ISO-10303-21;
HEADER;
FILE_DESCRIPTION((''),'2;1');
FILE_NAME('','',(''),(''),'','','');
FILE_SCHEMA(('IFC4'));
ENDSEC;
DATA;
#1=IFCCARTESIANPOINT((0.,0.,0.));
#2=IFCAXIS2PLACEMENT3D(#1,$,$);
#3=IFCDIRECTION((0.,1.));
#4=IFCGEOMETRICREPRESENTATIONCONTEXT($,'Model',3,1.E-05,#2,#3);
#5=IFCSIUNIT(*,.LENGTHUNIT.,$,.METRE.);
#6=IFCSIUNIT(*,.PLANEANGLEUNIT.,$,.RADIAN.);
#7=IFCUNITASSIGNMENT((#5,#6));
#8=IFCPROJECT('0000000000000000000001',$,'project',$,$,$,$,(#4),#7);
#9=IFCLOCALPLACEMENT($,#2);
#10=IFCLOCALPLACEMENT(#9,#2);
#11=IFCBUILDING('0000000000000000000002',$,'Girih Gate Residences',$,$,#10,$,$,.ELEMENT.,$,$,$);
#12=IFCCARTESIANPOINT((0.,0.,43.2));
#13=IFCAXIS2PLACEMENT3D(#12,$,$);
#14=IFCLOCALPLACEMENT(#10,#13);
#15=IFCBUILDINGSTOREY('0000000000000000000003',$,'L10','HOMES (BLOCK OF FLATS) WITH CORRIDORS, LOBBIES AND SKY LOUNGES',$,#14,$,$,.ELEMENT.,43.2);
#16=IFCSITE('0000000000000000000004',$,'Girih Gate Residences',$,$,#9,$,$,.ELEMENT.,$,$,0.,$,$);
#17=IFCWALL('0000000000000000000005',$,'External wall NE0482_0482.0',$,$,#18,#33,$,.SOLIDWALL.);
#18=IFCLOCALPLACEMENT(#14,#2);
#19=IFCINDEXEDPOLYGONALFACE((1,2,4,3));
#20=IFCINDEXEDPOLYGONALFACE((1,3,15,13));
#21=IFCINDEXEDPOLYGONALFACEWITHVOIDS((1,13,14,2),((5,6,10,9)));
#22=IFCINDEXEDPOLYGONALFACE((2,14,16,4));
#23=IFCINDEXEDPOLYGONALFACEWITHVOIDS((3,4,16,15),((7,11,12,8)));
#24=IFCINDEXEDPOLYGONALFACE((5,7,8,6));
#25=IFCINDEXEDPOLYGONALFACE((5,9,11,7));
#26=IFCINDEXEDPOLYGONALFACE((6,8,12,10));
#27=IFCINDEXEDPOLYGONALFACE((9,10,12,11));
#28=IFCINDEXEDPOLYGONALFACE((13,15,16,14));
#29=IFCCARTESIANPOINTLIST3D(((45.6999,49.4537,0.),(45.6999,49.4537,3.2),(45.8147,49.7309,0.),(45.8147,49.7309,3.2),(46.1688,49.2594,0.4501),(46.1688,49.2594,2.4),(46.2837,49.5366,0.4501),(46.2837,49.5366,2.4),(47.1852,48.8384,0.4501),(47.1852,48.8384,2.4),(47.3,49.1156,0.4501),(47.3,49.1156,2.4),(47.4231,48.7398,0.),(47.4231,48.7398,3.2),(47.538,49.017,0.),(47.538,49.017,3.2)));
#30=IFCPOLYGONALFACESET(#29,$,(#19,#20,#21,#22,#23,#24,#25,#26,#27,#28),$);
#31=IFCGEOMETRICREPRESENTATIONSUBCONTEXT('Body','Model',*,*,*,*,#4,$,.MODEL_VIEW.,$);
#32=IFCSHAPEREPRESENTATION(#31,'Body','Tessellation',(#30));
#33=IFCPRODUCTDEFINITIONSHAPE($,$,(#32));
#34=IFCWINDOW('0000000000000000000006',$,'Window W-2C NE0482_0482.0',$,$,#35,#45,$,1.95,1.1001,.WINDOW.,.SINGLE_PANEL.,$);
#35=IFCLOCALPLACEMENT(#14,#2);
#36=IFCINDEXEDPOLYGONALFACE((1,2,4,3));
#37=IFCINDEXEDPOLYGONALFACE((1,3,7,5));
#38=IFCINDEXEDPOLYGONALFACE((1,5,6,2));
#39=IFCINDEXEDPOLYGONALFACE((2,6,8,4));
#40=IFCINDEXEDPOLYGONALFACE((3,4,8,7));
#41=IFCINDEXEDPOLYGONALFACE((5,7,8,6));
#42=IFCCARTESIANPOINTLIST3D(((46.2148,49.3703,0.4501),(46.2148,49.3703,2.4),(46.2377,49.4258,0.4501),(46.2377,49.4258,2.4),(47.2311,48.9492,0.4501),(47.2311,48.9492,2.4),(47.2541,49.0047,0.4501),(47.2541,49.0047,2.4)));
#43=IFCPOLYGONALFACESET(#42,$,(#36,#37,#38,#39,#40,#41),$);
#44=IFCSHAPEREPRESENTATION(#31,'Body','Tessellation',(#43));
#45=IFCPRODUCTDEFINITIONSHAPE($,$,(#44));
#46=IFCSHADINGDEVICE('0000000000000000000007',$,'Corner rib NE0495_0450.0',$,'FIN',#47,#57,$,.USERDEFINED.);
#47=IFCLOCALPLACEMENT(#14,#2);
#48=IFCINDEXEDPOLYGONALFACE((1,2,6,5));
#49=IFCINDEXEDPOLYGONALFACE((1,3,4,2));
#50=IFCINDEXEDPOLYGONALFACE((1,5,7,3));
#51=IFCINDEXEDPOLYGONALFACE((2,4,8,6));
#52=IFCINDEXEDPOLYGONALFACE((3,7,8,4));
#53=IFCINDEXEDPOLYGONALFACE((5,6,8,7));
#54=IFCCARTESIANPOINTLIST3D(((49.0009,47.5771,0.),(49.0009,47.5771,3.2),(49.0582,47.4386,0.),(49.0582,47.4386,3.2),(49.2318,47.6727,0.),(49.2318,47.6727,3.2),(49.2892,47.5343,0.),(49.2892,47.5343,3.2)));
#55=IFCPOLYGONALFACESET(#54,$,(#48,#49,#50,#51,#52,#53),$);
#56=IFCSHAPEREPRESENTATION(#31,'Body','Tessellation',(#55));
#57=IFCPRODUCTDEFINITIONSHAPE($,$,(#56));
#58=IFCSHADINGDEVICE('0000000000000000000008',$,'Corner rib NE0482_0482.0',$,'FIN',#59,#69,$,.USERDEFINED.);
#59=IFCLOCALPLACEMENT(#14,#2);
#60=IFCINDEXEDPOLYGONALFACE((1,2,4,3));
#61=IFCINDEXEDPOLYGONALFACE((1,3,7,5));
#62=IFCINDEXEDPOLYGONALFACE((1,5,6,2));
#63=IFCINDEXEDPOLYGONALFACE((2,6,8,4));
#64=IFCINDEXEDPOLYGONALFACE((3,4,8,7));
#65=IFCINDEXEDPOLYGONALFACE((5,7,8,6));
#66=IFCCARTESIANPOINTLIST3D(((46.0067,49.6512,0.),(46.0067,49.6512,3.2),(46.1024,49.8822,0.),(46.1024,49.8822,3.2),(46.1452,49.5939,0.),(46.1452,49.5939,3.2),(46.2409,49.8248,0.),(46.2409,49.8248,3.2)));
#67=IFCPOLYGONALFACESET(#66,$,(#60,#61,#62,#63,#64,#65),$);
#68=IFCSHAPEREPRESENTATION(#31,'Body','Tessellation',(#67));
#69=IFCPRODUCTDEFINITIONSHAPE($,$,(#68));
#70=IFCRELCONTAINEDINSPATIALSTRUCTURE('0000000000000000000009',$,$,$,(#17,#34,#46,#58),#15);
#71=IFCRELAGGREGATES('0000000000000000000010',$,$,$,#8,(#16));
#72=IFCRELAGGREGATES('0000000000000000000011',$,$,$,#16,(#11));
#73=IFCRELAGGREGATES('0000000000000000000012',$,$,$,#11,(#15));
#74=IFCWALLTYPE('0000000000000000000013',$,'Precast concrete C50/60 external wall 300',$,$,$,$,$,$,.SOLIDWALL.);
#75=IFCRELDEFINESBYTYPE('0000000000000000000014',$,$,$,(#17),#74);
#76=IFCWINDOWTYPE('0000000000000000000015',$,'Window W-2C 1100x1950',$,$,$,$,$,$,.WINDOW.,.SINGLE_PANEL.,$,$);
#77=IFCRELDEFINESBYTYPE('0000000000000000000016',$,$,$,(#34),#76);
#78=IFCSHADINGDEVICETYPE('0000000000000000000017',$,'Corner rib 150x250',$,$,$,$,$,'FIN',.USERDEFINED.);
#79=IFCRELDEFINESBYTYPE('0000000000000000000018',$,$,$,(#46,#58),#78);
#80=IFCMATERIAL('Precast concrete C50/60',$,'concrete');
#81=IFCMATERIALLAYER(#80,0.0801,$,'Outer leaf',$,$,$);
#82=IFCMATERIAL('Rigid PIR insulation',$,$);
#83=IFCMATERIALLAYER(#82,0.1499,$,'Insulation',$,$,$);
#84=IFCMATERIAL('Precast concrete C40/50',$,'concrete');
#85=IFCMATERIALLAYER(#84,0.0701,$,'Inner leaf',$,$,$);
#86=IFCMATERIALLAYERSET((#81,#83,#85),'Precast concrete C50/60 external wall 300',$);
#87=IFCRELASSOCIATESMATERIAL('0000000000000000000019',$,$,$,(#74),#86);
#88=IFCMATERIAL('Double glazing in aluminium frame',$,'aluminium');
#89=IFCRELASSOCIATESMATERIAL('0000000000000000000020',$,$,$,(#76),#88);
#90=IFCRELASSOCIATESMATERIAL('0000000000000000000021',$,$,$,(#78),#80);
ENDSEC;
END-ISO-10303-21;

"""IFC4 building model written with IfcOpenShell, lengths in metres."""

from ifc_helpers import new_model, si_unit, direction, frame, frame_2d, origin, origin_2d, place, context, subcontext, project, spatial, rectangle, extrude, material, layer, layer_set, type_object, element, fill, save


model = new_model("IFC4")

# Units and contexts
model_context = context("Model", 3, precision=1e-05, world=origin(), true_north=direction((0.0, 1.0)))
body_context = subcontext(model_context, "Body", "Model", "MODEL_VIEW")
ifc_project = project(units=[si_unit("LENGTHUNIT", "METRE"), si_unit("PLANEANGLEUNIT", "RADIAN")], contexts=[model_context])

# Site, building, storey
site_placement = place(None, origin())
site = spatial("IfcSite", under=ifc_project, at=site_placement, Name="Girih Gate Residences", CompositionType="ELEMENT", RefElevation=0.0)
building_placement = place(site_placement, origin())
building = spatial("IfcBuilding", under=site, at=building_placement, Name="Girih Gate Residences", CompositionType="ELEMENT")
storey_placement = place(building_placement, frame((0.0, 0.0, 43.2)))
storey = spatial("IfcBuildingStorey", under=building, at=storey_placement, Name="L10", Description="HOMES (BLOCK OF FLATS) WITH CORRIDORS, LOBBIES AND SKY LOUNGES", CompositionType="ELEMENT", Elevation=43.2)

# Wall, opening, window
ifc_material_1 = material(Name="Precast concrete C50/60", Category="concrete")
ifc_layer_1 = layer(ifc_material_1, 0.0801, Name="Outer leaf")
ifc_material_2 = material(Name="Rigid PIR insulation")
ifc_layer_2 = layer(ifc_material_2, 0.1499, Name="Insulation")
ifc_material_3 = material(Name="Precast concrete C40/50", Category="concrete")
ifc_layer_3 = layer(ifc_material_3, 0.0701, Name="Inner leaf")
ifc_layer_set_1 = layer_set([ifc_layer_1, ifc_layer_2, ifc_layer_3], Name="Precast concrete C50/60 external wall 300")
wall_type_1 = type_object("IfcWallType", Name="Precast concrete C50/60 external wall 300", PredefinedType="SOLIDWALL", material=ifc_layer_set_1)
ifc_material_4 = material(Name="Double glazing in aluminium frame", Category="aluminium")
window_type_1 = type_object("IfcWindowType", Name="Window W-2C 1100x1950", PartitioningType="SINGLE_PANEL", PredefinedType="WINDOW", material=ifc_material_4)
wall_1_placement = place(storey_placement, frame((45.7573, 49.5923, 0.0), z_axis=(0.0, 0.0, 1.0), x_axis=(0.923857, -0.382737, 0.0)))
wall_1 = element("IfcWall", 1, at=wall_1_placement, inside=storey, type_object=wall_type_1, Name="External wall NE0482_0482.0", PredefinedType="SOLIDWALL", context=body_context, shape_type="SweptSolid", body=[
    extrude(rectangle(XDim=1.8652, YDim=0.3, at=frame_2d((0.9326, 0.0))), origin(), (0.0, 0.0, 1.0), 3.2),
])
opening_1_placement = place(wall_1_placement, frame((0.5076, 0.0, 0.45)))
opening_1 = element("IfcOpeningElement", 2, at=opening_1_placement, cuts=wall_1, PredefinedType="OPENING", context=body_context, shape_type="SweptSolid", body=[
    extrude(rectangle(XDim=1.1001, YDim=1.95, at=frame_2d((0.55, 0.9751))), frame((0.0, 0.1599, 0.0), z_axis=(0.0, -1.0, 0.0), x_axis=(1.0, 0.0, 0.0)), (0.0, 0.0, 1.0), 0.3201),
])
window_1_placement = place(opening_1_placement, origin())
window_1 = element("IfcWindow", 3, at=window_1_placement, inside=storey, type_object=window_type_1, Name="Window W-2C NE0482_0482.0", OverallHeight=1.95, OverallWidth=1.1001, PartitioningType="SINGLE_PANEL", PredefinedType="WINDOW", context=body_context, shape_type="SweptSolid", body=[
    extrude(rectangle(XDim=1.1001, YDim=1.95, at=frame_2d((0.55, 0.9751))), frame((0.0, 0.03, 0.0), z_axis=(0.0, -1.0, 0.0), x_axis=(1.0, 0.0, 0.0)), (0.0, 0.0, 1.0), 0.0601),
])
fill(opening_1, window_1)

# Shading devices
shading_device_type = type_object("IfcShadingDeviceType", Name="Corner rib 150x250", ElementType="FIN", PredefinedType="USERDEFINED", material=ifc_material_1)
for number, where, z_axis, x_axis, name in (
    (4, (49.145, 47.5557, 0.0), (0.0, 0.0, 1.0), (-0.382683, 0.92388, 0.0), "Corner rib NE0495_0450.0"),
    (5, (46.1238, 49.738, 0.0), (0.0, 0.0, 1.0), (-0.92388, 0.382683, 0.0), "Corner rib NE0482_0482.0"),
):
    element("IfcShadingDevice", number, at=place(storey_placement, frame(where, z_axis=z_axis, x_axis=x_axis)), inside=storey, type_object=shading_device_type, Name=name, ObjectType="FIN", PredefinedType="USERDEFINED", context=body_context, shape_type="SweptSolid", body=[
        extrude(rectangle(XDim=0.1499, YDim=0.25, at=origin_2d()), origin(), (0.0, 0.0, 1.0), 3.2),
    ])

save(model, "model.ifc")
